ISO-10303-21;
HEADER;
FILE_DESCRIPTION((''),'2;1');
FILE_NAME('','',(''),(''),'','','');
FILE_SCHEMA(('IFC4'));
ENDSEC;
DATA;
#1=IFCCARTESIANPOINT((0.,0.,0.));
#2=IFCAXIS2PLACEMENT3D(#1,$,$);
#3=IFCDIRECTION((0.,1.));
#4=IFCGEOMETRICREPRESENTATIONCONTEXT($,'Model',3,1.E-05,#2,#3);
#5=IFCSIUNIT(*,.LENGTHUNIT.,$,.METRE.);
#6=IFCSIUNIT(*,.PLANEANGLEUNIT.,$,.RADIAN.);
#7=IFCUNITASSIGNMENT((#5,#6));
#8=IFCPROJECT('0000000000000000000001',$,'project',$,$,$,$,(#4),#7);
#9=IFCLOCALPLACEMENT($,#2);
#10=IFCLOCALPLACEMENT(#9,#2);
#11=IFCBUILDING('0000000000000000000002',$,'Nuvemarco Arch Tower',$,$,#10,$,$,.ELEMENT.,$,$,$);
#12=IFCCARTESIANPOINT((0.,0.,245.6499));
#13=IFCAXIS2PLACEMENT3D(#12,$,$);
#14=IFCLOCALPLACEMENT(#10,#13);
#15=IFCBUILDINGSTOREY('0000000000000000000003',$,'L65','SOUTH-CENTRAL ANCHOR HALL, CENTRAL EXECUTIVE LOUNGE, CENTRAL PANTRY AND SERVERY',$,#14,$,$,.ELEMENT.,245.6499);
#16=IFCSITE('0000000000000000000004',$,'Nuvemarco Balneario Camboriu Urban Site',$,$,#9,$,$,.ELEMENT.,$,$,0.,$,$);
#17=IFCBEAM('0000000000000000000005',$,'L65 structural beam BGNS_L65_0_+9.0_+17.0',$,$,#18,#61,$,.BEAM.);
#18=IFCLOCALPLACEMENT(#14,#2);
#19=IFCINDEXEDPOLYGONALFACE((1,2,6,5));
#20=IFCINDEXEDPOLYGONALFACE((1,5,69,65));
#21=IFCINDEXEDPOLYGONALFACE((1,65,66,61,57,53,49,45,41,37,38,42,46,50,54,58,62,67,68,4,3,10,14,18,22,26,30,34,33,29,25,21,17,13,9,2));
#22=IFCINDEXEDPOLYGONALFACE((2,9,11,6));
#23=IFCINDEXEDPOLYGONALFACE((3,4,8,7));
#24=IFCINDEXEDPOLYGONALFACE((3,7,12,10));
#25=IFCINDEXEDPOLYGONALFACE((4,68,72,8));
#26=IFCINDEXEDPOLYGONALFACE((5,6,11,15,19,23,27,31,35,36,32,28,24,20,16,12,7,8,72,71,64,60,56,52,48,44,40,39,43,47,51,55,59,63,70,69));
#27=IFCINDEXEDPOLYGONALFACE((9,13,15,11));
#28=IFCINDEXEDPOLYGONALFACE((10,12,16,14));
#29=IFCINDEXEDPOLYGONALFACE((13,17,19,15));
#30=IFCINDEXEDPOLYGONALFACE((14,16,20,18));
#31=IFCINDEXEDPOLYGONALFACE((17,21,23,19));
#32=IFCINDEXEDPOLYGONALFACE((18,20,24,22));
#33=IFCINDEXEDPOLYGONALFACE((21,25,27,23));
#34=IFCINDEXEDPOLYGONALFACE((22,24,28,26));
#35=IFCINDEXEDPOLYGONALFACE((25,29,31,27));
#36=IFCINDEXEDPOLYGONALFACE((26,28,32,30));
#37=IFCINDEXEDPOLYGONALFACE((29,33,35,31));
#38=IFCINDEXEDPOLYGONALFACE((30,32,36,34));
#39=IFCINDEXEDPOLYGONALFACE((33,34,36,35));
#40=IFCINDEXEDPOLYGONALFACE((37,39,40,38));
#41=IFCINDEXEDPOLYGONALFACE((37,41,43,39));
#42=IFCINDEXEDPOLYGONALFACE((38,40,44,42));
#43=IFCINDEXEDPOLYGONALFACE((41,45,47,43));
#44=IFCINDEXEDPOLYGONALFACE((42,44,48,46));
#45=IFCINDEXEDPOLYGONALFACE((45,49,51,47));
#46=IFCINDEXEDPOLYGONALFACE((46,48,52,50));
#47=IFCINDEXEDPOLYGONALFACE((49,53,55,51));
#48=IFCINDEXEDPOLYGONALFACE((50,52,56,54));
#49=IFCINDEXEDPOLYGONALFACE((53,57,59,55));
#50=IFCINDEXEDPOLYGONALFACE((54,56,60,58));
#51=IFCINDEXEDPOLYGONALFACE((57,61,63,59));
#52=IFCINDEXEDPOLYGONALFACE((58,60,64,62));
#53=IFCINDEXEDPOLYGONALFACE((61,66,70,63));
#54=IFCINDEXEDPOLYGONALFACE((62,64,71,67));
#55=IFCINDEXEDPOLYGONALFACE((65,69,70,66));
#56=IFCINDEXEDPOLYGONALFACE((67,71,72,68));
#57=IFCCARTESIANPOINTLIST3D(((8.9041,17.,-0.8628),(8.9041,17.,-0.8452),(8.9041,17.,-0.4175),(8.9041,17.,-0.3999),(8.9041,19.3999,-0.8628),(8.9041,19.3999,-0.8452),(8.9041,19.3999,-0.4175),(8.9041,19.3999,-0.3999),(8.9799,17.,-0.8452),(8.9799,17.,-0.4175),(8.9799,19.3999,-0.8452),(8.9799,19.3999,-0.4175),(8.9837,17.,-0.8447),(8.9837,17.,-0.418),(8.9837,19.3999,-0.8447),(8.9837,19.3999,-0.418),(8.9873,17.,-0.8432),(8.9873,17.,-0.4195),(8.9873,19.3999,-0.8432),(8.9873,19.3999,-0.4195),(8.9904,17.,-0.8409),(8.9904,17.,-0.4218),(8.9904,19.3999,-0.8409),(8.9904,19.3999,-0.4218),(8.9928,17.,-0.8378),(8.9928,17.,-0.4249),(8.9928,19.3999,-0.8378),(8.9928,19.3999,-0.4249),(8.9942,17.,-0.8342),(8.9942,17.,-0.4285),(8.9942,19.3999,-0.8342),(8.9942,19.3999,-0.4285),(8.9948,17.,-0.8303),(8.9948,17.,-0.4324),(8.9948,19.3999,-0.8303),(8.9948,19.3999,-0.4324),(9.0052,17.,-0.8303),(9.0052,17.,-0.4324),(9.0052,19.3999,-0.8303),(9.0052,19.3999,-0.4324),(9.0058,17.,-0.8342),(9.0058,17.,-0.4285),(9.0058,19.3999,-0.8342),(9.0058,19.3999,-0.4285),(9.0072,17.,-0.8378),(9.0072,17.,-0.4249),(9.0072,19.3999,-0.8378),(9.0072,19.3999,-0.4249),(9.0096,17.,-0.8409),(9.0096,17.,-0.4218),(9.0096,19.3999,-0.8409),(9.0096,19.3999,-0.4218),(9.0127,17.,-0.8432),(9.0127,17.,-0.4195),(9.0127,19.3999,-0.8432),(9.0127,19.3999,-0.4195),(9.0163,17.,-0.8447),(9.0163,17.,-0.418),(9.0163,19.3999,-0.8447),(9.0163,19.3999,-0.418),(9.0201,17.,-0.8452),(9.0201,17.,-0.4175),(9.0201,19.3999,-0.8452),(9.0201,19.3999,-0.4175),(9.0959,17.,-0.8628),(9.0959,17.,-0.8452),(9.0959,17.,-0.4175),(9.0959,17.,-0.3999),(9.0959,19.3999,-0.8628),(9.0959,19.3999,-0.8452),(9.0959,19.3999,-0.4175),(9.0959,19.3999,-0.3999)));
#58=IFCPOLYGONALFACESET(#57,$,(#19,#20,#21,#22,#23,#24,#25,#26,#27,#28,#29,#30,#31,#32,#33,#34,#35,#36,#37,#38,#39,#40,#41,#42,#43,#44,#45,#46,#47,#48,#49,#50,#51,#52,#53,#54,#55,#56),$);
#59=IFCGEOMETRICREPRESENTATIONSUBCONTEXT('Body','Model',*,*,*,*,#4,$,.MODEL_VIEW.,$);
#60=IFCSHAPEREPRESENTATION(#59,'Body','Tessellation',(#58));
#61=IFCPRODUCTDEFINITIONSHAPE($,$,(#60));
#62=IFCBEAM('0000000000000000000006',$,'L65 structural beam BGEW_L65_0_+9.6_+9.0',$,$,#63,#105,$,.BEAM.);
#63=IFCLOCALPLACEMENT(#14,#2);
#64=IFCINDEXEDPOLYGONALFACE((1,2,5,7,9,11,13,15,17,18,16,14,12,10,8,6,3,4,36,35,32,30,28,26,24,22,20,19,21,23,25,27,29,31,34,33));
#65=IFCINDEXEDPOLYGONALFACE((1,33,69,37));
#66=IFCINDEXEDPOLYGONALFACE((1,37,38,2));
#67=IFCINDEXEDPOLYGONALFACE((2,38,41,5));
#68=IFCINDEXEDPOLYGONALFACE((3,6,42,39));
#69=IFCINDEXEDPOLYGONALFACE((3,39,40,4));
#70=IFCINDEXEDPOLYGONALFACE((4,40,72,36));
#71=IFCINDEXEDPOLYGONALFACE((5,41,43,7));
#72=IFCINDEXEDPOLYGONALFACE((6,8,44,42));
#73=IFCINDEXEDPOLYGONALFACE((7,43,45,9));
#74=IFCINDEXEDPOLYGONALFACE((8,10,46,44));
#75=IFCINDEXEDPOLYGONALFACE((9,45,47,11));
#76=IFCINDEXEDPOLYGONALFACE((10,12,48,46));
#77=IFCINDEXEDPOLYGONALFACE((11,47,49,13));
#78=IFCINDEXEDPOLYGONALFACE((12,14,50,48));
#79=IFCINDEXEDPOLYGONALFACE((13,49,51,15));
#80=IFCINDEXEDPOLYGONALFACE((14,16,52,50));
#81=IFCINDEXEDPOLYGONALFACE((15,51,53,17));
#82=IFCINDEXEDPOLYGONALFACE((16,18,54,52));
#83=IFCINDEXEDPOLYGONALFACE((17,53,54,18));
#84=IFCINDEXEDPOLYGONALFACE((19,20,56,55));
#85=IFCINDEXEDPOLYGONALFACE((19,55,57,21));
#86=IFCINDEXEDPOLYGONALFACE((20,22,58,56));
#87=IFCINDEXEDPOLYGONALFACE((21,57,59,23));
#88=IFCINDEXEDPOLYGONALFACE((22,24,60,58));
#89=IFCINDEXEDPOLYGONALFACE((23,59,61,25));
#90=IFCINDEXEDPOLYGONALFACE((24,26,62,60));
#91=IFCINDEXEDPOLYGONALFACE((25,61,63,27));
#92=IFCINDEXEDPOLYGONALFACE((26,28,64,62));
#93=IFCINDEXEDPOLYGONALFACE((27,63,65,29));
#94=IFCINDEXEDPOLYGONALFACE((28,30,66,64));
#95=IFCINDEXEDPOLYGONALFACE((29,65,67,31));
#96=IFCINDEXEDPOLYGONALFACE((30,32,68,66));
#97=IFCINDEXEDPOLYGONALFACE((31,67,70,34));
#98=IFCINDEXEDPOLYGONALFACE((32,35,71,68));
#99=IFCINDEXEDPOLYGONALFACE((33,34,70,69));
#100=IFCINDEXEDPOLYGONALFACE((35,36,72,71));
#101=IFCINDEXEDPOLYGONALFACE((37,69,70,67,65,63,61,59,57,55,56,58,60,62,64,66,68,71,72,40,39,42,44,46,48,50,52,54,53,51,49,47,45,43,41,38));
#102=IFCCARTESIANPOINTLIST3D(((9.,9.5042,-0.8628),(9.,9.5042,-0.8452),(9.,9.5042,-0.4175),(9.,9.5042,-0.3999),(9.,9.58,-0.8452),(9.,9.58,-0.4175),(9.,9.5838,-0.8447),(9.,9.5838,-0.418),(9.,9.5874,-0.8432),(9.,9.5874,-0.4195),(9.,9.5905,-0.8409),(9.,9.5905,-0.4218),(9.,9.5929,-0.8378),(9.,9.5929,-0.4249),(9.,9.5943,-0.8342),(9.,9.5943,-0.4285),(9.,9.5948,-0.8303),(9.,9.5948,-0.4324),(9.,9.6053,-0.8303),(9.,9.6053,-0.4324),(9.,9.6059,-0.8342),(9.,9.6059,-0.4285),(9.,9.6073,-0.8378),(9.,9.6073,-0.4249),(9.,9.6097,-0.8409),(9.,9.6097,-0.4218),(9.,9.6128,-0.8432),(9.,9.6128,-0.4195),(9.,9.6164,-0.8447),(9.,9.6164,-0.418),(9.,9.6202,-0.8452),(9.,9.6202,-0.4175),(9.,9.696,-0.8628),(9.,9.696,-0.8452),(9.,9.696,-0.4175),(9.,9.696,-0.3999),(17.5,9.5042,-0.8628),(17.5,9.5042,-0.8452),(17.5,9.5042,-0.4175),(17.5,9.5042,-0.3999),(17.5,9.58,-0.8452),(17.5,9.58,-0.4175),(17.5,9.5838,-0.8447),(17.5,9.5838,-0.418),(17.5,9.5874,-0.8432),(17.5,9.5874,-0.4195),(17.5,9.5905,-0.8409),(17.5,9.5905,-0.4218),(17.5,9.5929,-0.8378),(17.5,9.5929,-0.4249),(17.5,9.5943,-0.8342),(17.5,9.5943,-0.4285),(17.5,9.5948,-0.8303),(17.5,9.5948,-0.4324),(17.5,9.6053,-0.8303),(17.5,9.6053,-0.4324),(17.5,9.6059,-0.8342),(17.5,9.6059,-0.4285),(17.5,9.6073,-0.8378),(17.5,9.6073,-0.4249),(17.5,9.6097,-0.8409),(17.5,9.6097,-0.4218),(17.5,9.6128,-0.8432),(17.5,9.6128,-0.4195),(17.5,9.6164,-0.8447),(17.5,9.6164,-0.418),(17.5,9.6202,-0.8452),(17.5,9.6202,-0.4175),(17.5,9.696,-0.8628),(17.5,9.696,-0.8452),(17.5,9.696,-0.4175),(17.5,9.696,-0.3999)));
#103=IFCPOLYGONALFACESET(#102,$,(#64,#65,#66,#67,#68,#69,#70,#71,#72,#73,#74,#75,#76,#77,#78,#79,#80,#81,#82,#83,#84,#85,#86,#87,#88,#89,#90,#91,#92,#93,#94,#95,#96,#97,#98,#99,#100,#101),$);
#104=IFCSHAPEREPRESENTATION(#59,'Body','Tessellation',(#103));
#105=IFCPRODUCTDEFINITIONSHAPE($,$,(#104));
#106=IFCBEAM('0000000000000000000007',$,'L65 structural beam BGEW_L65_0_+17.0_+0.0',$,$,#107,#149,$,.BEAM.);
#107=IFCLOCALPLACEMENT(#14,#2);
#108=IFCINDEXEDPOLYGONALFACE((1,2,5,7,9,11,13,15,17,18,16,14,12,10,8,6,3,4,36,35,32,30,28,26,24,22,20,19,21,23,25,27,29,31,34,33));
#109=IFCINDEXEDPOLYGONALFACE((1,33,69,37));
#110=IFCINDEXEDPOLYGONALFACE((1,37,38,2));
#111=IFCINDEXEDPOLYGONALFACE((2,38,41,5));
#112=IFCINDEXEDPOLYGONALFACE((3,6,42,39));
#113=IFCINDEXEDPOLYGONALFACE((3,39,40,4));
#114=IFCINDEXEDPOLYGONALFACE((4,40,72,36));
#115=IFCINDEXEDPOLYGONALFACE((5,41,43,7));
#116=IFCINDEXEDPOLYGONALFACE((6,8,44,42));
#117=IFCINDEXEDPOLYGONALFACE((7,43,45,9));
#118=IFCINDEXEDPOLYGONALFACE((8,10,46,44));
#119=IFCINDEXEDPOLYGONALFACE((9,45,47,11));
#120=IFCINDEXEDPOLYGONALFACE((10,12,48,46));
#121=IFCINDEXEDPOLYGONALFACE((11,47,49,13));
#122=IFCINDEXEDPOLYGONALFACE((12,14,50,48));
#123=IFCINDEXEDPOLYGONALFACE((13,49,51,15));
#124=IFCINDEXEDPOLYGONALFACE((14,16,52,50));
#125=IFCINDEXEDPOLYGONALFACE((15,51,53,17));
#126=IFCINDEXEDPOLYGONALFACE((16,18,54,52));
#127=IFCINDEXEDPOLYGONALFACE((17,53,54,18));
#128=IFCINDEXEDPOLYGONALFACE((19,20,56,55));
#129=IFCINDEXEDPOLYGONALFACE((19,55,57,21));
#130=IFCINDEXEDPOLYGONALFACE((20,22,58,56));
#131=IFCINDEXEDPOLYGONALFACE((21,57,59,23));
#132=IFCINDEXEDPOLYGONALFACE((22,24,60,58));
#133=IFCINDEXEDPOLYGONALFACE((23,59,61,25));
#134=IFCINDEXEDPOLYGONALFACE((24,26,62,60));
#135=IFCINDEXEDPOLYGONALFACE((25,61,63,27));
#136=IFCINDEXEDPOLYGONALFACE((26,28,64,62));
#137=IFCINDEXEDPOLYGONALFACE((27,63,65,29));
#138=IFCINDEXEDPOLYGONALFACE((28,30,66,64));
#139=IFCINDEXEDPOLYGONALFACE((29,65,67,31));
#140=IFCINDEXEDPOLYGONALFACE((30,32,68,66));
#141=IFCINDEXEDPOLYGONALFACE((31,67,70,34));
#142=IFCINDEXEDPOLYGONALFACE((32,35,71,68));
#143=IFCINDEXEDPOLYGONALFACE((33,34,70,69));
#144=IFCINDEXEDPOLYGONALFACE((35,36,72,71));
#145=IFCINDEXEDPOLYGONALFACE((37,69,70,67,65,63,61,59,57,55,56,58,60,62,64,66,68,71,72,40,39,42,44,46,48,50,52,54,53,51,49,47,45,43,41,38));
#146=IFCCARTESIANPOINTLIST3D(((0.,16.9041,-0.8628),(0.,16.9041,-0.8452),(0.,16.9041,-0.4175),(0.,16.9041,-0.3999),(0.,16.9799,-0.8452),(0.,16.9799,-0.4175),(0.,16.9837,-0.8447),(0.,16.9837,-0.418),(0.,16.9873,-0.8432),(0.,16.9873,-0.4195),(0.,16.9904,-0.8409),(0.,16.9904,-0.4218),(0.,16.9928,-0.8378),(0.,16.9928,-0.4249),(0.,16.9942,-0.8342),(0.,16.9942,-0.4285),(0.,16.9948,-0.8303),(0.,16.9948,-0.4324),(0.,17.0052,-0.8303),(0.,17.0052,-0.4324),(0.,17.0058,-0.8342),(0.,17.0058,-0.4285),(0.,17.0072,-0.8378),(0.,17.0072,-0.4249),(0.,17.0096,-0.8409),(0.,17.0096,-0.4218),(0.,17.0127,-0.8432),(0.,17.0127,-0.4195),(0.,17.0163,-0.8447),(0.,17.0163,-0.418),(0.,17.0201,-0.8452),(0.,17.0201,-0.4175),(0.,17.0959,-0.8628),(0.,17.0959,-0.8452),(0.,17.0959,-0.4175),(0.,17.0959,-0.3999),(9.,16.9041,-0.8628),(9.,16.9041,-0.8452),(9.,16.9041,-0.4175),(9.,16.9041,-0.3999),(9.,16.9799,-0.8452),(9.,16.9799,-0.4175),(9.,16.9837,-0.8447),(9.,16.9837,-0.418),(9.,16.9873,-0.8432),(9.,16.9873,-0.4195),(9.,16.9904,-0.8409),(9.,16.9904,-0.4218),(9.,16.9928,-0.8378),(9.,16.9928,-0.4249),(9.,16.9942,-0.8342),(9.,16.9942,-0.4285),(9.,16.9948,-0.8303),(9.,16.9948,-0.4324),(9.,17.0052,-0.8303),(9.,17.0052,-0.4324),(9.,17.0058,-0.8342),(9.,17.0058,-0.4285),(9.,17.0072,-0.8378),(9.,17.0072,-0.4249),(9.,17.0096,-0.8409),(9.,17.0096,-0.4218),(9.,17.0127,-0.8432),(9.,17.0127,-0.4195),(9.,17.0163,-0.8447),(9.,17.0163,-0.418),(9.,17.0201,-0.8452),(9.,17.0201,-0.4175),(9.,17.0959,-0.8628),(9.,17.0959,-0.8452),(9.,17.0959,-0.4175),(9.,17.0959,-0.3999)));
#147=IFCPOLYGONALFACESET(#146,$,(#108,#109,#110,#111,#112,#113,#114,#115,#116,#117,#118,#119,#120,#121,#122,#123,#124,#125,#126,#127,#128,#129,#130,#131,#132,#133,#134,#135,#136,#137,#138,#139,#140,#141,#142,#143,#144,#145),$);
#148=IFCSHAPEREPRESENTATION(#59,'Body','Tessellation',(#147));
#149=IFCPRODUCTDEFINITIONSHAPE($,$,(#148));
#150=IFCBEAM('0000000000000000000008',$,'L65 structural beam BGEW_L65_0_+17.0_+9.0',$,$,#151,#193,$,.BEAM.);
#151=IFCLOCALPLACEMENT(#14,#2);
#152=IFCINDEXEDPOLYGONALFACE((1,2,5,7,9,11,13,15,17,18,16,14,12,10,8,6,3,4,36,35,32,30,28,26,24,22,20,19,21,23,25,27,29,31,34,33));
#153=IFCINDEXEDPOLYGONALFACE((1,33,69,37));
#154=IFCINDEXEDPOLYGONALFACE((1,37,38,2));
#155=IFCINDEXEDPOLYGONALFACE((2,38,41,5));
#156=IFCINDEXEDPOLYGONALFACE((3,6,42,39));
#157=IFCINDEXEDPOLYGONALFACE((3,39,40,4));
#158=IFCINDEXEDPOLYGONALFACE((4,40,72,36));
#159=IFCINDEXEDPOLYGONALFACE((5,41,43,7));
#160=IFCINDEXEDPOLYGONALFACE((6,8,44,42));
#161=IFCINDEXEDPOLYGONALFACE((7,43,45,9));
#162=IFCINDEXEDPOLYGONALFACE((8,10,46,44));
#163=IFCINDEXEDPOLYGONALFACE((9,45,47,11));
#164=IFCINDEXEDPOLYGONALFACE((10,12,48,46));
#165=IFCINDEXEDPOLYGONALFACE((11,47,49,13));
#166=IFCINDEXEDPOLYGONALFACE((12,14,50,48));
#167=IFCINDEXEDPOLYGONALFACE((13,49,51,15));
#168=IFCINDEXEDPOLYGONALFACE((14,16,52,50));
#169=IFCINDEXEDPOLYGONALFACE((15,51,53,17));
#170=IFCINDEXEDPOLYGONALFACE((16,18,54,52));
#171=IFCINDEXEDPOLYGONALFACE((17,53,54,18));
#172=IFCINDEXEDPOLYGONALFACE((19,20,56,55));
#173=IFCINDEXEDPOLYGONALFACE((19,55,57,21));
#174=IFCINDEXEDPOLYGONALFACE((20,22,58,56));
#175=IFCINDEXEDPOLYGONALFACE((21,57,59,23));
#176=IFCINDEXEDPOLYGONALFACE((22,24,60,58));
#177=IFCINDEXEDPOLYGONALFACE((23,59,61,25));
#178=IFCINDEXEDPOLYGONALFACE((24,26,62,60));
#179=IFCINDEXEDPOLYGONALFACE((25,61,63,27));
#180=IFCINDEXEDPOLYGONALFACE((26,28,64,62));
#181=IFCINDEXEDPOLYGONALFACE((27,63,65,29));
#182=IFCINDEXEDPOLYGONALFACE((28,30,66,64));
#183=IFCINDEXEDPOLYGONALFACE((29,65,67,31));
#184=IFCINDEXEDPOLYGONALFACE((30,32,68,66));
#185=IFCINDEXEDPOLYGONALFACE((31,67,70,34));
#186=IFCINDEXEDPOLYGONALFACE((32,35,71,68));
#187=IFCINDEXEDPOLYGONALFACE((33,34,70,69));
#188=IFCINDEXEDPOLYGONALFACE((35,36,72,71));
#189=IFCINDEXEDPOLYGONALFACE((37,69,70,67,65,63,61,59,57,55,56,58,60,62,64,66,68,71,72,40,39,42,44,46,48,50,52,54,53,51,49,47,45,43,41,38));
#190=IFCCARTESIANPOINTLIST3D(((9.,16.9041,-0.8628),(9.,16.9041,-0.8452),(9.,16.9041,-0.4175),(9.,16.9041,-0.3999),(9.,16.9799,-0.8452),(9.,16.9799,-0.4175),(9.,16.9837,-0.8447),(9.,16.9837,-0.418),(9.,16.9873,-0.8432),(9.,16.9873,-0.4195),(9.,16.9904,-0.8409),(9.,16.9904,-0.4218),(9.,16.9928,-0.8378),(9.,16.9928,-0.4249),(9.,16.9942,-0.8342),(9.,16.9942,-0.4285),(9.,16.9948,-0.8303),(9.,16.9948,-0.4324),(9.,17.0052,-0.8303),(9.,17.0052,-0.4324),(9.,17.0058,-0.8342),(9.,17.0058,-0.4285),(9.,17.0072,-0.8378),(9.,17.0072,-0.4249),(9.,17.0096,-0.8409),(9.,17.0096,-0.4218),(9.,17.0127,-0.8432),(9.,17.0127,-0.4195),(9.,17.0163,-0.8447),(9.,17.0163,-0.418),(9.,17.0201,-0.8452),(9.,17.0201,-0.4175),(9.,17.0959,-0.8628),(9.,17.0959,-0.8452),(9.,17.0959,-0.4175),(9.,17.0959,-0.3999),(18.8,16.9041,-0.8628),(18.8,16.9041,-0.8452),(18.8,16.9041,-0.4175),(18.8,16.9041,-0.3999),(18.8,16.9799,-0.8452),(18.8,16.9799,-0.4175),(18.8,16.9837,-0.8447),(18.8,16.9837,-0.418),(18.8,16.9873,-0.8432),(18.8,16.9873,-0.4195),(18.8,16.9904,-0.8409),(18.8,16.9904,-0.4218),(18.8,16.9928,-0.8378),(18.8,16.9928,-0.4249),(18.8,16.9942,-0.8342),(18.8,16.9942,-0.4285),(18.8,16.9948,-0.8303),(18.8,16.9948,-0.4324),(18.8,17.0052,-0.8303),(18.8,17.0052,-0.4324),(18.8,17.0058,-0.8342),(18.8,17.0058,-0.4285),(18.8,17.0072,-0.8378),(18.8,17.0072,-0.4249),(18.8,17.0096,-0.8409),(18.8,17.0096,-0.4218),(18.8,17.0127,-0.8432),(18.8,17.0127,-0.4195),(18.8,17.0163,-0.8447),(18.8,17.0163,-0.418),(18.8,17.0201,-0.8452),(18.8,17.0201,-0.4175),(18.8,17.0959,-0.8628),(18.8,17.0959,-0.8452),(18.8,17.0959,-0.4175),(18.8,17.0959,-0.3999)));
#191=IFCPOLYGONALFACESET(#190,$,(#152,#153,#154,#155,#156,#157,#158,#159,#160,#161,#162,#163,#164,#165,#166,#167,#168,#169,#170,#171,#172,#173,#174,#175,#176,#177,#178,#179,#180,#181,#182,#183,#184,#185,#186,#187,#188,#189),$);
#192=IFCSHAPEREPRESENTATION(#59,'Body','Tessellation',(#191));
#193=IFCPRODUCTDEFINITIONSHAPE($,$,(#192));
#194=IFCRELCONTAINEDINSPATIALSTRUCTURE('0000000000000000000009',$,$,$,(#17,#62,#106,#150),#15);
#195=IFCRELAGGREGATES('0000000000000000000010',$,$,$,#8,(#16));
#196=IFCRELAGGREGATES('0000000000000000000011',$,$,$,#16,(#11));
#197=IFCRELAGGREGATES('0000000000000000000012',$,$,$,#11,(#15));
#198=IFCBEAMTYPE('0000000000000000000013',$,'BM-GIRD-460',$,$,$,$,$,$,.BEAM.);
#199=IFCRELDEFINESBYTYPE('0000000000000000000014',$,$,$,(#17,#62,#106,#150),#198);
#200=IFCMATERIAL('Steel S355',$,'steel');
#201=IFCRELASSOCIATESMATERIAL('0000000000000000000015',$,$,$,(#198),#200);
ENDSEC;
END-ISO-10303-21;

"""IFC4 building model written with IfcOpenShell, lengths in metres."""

from ifc_helpers import new_model, si_unit, direction, frame, origin, origin_2d, place, context, subcontext, project, spatial, i_section, extrude, material, material_profile, profile_set, type_object, element, save


model = new_model("IFC4")

# Units and contexts
model_context = context("Model", 3, precision=1e-05, world=origin(), true_north=direction((0.0, 1.0)))
body_context = subcontext(model_context, "Body", "Model", "MODEL_VIEW")
ifc_project = project(units=[si_unit("LENGTHUNIT", "METRE"), si_unit("PLANEANGLEUNIT", "RADIAN")], contexts=[model_context])

# Site, building, storey
site_placement = place(None, origin())
site = spatial("IfcSite", under=ifc_project, at=site_placement, Name="Nuvemarco Balneario Camboriu Urban Site", CompositionType="ELEMENT", RefElevation=0.0)
building_placement = place(site_placement, origin())
building = spatial("IfcBuilding", under=site, at=building_placement, Name="Nuvemarco Arch Tower", CompositionType="ELEMENT")
storey_placement = place(building_placement, frame((0.0, 0.0, 245.6499)))
storey = spatial("IfcBuildingStorey", under=building, at=storey_placement, Name="L65", Description="SOUTH-CENTRAL ANCHOR HALL, CENTRAL EXECUTIVE LOUNGE, CENTRAL PANTRY AND SERVERY", CompositionType="ELEMENT", Elevation=245.6499)

# Shared definitions
ifc_material_1 = material(Name="Steel S355", Category="steel")

# Beams
ifc_material_profile_1 = material_profile(ifc_material_1, i_section(OverallWidth=0.1919, OverallDepth=0.4629, WebThickness=0.0105, FlangeThickness=0.0176, FilletRadius=0.0149, at=origin_2d()), Name="W460x89")
ifc_profile_set_1 = profile_set([ifc_material_profile_1], Name="Steel S355")
beam_type_1 = type_object("IfcBeamType", Name="BM-GIRD-460", PredefinedType="BEAM", material=ifc_profile_set_1)
beam_1_placement = place(storey_placement, frame((9.0, 17.0, -0.6313), z_axis=(0.0, 1.0, 0.0), x_axis=(-1.0, 0.0, 0.0)))
element("IfcBeam", 1, at=beam_1_placement, inside=storey, type_object=beam_type_1, Name="L65 structural beam BGNS_L65_0_+9.0_+17.0", PredefinedType="BEAM", context=body_context, shape_type="SweptSolid", body=[
    extrude(i_section(OverallWidth=0.1919, OverallDepth=0.4629, WebThickness=0.0105, FlangeThickness=0.0176, FilletRadius=0.0149, at=origin_2d()), origin(), (0.0, 0.0, 1.0), 2.3999),
])
beam_2_placement = place(storey_placement, frame((9.0, 9.6001, -0.6313), z_axis=(1.0, 0.0, 0.0), x_axis=(0.0, 1.0, 0.0)))
element("IfcBeam", 2, at=beam_2_placement, inside=storey, type_object=beam_type_1, Name="L65 structural beam BGEW_L65_0_+9.6_+9.0", PredefinedType="BEAM", context=body_context, shape_type="SweptSolid", body=[
    extrude(i_section(OverallWidth=0.1919, OverallDepth=0.4629, WebThickness=0.0105, FlangeThickness=0.0176, FilletRadius=0.0149, at=origin_2d()), origin(), (0.0, 0.0, 1.0), 8.5),
])
beam_3_placement = place(storey_placement, frame((0.0, 17.0, -0.6313), z_axis=(1.0, 0.0, 0.0), x_axis=(0.0, 1.0, 0.0)))
element("IfcBeam", 3, at=beam_3_placement, inside=storey, type_object=beam_type_1, Name="L65 structural beam BGEW_L65_0_+17.0_+0.0", PredefinedType="BEAM", context=body_context, shape_type="SweptSolid", body=[
    extrude(i_section(OverallWidth=0.1919, OverallDepth=0.4629, WebThickness=0.0105, FlangeThickness=0.0176, FilletRadius=0.0149, at=origin_2d()), origin(), (0.0, 0.0, 1.0), 9.0),
])
beam_4_placement = place(storey_placement, frame((9.0, 17.0, -0.6313), z_axis=(1.0, 0.0, 0.0), x_axis=(0.0, 1.0, 0.0)))
element("IfcBeam", 4, at=beam_4_placement, inside=storey, type_object=beam_type_1, Name="L65 structural beam BGEW_L65_0_+17.0_+9.0", PredefinedType="BEAM", context=body_context, shape_type="SweptSolid", body=[
    extrude(i_section(OverallWidth=0.1919, OverallDepth=0.4629, WebThickness=0.0105, FlangeThickness=0.0176, FilletRadius=0.0149, at=origin_2d()), origin(), (0.0, 0.0, 1.0), 9.8),
])

save(model, "model.ifc")
